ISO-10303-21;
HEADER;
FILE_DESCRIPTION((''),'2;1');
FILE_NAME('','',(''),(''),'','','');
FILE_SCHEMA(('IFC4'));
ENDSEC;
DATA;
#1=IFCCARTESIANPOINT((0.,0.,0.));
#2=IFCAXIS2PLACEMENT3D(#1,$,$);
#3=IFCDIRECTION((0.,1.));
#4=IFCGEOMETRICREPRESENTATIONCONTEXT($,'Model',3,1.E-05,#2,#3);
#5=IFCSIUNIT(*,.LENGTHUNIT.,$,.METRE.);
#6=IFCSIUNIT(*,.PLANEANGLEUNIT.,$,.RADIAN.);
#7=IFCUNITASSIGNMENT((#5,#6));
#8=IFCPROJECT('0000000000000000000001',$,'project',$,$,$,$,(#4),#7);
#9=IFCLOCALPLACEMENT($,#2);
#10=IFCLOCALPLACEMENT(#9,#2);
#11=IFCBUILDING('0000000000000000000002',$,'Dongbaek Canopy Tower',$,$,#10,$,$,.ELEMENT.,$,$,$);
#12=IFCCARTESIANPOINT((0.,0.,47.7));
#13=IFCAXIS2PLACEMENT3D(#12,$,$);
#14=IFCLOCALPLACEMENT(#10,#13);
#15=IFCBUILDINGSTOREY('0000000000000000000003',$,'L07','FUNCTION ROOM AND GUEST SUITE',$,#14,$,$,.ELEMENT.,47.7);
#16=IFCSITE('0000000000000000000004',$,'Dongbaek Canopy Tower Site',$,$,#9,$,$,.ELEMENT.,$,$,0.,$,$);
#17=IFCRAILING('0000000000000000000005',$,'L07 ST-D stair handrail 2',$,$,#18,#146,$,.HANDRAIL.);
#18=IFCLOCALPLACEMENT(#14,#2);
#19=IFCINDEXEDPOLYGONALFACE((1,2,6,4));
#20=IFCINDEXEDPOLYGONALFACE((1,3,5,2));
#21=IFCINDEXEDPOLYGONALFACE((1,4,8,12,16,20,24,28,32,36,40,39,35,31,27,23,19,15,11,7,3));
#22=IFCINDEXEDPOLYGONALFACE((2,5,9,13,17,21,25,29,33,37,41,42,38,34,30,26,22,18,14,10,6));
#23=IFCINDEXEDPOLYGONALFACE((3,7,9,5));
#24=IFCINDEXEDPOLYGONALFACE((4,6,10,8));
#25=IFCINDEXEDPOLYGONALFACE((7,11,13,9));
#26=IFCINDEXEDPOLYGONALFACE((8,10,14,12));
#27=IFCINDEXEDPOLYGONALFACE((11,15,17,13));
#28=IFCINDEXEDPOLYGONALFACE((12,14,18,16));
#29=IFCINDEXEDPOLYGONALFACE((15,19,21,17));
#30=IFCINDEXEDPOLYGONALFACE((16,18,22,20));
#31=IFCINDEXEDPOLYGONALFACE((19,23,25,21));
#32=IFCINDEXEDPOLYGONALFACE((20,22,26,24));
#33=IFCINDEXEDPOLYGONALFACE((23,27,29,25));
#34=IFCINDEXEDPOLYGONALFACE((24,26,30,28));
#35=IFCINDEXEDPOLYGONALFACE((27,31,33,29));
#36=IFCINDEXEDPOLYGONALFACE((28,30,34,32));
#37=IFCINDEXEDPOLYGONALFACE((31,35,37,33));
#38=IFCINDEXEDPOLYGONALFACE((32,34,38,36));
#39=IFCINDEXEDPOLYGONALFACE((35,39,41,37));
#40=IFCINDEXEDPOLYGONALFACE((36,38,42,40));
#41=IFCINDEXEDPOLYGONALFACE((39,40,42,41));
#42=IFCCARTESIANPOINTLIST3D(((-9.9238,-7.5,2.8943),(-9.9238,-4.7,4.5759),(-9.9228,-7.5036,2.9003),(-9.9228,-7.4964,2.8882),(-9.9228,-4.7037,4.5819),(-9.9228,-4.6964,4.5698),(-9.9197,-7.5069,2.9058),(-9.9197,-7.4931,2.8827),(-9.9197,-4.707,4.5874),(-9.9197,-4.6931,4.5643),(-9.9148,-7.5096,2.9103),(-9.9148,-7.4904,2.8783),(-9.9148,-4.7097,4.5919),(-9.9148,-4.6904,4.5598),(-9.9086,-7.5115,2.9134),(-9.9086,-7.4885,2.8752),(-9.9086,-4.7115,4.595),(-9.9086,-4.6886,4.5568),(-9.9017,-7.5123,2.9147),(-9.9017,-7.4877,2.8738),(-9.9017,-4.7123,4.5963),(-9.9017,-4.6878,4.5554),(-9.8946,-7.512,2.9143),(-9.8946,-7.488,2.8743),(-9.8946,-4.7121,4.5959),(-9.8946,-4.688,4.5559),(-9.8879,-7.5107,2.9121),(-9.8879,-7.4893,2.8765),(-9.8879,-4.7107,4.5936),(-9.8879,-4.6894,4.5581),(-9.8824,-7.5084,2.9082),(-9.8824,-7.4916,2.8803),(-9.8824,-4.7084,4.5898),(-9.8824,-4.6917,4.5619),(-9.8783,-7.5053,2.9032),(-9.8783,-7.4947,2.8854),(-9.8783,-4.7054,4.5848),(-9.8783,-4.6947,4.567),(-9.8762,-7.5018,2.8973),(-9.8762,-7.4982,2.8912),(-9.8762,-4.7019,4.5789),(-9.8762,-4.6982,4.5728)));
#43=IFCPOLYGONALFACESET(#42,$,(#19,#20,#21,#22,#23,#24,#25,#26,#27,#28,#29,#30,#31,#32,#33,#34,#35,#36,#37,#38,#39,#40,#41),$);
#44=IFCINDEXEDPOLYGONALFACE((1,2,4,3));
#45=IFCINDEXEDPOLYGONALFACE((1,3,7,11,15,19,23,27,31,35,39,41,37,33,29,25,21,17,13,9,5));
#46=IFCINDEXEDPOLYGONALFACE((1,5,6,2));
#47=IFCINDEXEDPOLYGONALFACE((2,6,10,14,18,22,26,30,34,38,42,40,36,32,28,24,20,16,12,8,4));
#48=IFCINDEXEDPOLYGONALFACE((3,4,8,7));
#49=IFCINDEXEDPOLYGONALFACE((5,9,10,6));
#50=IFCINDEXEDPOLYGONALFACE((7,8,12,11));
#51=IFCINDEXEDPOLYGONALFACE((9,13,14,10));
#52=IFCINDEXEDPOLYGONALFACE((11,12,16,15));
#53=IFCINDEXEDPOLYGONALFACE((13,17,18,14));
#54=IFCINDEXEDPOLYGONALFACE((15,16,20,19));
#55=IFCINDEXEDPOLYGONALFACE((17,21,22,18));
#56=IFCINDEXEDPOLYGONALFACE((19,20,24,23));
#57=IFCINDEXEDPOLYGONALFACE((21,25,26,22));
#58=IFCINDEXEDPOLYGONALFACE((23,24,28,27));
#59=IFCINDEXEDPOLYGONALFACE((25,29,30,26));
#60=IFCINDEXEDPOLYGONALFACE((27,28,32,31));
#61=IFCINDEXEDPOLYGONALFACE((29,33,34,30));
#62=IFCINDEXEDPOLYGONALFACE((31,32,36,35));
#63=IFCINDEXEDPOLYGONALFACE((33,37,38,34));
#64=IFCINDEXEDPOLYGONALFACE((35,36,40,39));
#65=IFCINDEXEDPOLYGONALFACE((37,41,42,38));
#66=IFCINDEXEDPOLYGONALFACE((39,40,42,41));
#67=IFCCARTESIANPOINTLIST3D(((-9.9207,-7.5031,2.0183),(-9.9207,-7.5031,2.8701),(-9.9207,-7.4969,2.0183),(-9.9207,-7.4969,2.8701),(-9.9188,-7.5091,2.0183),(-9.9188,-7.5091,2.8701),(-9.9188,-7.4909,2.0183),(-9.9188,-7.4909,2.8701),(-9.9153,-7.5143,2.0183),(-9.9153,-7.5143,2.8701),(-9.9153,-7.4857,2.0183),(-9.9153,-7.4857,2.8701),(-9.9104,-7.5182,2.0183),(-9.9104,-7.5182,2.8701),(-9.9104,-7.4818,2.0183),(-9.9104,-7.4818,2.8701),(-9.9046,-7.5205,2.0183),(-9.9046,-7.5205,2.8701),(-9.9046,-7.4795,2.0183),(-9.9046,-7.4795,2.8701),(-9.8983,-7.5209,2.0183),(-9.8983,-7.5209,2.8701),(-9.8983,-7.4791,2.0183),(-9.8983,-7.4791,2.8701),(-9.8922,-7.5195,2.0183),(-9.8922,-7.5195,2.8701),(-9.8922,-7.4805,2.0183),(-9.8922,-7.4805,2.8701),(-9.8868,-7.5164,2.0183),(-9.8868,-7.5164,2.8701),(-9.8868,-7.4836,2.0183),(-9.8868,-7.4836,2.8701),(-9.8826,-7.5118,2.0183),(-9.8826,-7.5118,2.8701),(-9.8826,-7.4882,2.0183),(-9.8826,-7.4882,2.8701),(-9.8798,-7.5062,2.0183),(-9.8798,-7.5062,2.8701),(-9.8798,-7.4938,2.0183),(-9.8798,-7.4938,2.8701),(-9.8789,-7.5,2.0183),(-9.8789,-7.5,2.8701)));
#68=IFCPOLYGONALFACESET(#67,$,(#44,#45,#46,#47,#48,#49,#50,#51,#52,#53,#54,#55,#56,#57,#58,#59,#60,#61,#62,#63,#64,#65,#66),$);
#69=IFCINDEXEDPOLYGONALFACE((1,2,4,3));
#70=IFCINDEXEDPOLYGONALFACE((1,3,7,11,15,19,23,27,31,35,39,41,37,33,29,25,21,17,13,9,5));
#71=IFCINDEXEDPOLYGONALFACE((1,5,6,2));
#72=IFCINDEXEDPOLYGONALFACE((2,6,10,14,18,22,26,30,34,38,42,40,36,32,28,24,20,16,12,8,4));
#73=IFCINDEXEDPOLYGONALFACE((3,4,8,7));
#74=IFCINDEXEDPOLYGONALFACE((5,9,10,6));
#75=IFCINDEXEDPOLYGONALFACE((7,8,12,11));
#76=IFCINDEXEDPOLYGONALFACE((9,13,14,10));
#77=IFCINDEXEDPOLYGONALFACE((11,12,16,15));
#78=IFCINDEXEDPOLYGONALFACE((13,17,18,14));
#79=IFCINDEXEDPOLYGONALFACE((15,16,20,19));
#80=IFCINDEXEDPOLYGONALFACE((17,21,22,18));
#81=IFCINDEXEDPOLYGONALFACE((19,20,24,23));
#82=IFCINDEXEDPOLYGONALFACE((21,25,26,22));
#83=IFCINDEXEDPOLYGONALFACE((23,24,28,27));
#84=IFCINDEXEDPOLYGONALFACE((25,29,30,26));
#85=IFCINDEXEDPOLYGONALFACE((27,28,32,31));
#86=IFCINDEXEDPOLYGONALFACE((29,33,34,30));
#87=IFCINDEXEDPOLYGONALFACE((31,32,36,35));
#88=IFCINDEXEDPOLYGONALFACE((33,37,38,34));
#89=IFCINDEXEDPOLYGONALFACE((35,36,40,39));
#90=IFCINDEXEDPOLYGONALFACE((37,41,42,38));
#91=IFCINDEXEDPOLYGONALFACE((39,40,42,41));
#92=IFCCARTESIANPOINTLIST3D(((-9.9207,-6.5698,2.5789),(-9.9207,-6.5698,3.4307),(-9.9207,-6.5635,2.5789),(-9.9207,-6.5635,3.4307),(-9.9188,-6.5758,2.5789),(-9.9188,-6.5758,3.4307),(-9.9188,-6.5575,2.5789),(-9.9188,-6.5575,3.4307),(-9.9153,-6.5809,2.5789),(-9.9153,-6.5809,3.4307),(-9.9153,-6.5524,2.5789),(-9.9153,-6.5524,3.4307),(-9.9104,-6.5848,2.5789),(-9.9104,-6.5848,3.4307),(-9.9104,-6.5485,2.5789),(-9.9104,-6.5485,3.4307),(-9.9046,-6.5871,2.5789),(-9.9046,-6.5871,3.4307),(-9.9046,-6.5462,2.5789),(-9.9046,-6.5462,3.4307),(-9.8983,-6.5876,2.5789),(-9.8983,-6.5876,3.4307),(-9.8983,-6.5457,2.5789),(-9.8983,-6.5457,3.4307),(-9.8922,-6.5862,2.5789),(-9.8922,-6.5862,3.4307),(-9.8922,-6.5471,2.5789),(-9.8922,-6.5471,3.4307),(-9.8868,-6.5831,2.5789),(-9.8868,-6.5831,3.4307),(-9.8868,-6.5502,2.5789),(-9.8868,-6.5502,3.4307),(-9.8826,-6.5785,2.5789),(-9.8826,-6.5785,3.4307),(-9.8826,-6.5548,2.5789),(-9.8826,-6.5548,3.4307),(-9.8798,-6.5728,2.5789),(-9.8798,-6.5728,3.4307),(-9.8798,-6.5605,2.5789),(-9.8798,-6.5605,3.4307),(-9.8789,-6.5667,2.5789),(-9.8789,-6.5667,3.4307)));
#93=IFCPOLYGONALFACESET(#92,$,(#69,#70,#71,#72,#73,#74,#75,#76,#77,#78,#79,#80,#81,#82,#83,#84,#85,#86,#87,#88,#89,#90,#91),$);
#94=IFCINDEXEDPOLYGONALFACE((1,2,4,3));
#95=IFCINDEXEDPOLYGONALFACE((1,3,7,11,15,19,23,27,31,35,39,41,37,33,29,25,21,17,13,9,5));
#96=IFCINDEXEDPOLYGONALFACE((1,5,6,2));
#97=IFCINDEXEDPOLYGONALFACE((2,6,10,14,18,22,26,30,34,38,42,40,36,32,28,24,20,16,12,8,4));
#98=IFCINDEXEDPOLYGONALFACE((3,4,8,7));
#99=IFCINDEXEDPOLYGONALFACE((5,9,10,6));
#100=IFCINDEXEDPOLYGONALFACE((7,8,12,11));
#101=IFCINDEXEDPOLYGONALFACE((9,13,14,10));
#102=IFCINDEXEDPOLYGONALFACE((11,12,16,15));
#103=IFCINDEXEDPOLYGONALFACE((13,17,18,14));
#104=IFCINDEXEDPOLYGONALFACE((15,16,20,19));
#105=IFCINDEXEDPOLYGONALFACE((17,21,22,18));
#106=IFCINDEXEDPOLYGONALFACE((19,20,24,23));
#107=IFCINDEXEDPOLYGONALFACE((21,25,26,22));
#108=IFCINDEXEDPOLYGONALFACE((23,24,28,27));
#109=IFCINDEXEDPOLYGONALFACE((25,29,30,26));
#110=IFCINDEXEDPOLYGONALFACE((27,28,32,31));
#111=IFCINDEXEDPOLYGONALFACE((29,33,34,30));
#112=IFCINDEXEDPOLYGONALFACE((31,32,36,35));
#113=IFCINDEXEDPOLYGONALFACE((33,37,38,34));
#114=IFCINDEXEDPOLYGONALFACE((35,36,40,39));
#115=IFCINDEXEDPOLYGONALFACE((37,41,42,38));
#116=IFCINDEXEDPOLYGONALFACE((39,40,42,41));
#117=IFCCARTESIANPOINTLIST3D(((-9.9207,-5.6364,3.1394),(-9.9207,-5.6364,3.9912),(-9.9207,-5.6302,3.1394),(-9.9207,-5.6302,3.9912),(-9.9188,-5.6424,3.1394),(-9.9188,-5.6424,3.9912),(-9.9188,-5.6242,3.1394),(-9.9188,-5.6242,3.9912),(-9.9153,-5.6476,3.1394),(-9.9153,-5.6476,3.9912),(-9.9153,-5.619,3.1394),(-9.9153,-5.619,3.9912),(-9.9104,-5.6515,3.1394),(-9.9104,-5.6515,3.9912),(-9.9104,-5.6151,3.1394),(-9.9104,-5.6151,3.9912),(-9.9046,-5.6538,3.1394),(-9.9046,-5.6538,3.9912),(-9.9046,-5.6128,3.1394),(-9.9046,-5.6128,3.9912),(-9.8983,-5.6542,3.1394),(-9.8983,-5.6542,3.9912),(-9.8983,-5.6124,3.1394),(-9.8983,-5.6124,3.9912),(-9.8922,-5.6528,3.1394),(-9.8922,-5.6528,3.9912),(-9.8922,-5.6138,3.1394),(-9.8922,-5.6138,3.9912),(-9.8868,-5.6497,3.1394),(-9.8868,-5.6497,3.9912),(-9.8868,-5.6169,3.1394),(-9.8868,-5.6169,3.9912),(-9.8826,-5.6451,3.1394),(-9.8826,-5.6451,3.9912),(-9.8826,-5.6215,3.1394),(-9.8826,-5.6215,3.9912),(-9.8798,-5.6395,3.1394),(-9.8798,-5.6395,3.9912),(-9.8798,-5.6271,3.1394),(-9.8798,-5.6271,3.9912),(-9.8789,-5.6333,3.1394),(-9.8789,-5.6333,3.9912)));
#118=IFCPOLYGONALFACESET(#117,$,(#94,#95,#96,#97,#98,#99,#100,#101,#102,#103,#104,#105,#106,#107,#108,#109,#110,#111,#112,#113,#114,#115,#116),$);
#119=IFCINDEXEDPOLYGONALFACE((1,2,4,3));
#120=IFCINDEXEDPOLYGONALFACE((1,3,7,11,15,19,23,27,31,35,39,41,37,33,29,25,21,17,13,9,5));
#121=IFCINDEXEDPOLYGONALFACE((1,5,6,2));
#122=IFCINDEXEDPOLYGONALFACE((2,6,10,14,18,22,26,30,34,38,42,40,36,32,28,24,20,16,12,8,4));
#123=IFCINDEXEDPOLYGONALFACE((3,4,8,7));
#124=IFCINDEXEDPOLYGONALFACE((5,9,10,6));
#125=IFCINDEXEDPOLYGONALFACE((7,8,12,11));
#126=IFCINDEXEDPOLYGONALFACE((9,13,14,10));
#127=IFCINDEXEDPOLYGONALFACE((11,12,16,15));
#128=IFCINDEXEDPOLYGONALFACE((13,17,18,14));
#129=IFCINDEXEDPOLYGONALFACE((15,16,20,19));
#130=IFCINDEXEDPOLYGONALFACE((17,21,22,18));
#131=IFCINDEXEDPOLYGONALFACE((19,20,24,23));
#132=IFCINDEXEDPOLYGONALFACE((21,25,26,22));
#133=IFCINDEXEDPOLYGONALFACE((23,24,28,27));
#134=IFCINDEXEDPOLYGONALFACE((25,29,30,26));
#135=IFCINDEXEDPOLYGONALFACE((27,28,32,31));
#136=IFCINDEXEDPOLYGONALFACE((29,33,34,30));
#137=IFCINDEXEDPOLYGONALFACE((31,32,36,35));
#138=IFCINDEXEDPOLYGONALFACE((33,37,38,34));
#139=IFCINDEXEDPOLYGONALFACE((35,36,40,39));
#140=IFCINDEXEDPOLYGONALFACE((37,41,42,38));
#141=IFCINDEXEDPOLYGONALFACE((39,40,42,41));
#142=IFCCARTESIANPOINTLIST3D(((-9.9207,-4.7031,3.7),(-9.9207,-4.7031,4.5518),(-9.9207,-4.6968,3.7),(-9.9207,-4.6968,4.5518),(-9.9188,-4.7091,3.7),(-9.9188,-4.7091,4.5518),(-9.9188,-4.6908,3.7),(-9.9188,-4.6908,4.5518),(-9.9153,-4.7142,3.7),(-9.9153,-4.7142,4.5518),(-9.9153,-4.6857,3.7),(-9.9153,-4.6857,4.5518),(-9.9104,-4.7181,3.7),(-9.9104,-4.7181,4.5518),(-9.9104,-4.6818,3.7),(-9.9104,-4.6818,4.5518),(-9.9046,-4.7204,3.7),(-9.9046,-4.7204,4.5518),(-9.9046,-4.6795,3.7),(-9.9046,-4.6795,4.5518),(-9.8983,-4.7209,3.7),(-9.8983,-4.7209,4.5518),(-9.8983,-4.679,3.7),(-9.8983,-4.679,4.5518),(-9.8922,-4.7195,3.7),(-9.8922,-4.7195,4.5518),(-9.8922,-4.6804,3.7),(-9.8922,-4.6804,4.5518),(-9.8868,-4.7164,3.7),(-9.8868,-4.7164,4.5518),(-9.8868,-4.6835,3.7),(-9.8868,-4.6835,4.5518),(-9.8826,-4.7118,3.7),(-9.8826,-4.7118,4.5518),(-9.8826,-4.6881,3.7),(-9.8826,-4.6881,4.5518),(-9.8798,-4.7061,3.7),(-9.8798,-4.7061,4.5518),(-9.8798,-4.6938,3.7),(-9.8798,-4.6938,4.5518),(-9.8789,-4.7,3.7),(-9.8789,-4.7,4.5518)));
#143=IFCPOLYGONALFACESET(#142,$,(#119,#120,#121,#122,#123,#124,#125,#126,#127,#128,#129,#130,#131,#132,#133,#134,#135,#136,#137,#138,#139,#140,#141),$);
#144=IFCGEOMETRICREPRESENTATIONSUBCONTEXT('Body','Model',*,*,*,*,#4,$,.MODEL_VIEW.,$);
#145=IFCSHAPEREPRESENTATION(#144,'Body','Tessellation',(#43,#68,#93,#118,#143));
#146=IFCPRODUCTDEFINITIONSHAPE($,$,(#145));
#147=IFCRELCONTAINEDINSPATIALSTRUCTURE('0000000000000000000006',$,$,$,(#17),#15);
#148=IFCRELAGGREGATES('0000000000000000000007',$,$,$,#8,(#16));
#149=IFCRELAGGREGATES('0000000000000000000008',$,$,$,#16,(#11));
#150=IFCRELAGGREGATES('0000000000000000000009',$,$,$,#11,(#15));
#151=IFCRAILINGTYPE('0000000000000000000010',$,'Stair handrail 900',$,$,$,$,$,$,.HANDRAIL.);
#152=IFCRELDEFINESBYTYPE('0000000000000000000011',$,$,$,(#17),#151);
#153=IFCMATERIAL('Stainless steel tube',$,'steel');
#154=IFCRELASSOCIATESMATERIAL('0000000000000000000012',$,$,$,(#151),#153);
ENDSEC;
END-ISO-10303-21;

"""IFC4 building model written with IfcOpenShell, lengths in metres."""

from ifc_helpers import new_model, si_unit, direction, frame, origin, origin_2d, place, context, subcontext, project, spatial, circle, extrude, material, type_object, element, save


model = new_model("IFC4")

# Units and contexts
model_context = context("Model", 3, precision=1e-05, world=origin(), true_north=direction((0.0, 1.0)))
body_context = subcontext(model_context, "Body", "Model", "MODEL_VIEW")
ifc_project = project(units=[si_unit("LENGTHUNIT", "METRE"), si_unit("PLANEANGLEUNIT", "RADIAN")], contexts=[model_context])

# Site, building, storey
site_placement = place(None, origin())
site = spatial("IfcSite", under=ifc_project, at=site_placement, Name="Dongbaek Canopy Tower Site", CompositionType="ELEMENT", RefElevation=0.0)
building_placement = place(site_placement, origin())
building = spatial("IfcBuilding", under=site, at=building_placement, Name="Dongbaek Canopy Tower", CompositionType="ELEMENT")
storey_placement = place(building_placement, frame((0.0, 0.0, 47.7)))
storey = spatial("IfcBuildingStorey", under=building, at=storey_placement, Name="L07", Description="FUNCTION ROOM AND GUEST SUITE", CompositionType="ELEMENT", Elevation=47.7)

# Railing
ifc_material_1 = material(Name="Stainless steel tube", Category="steel")
railing_type_1 = type_object("IfcRailingType", Name="Stair handrail 900", PredefinedType="HANDRAIL", material=ifc_material_1)
railing_1_placement = place(storey_placement, frame((-9.8999, -7.5, 2.0183)))
element("IfcRailing", 1, at=railing_1_placement, inside=storey, type_object=railing_type_1, Name="L07 ST-D stair handrail 2", PredefinedType="HANDRAIL", context=body_context, shape_type="SweptSolid", body=[
    extrude(circle(Radius=0.0239, at=origin_2d()), frame((0.0, 0.0, 0.876), z_axis=(0.0, 0.857275, 0.514858), x_axis=(-1.0, 0.0, 0.0)), (0.0, 0.0, 1.0), 3.2661),
    extrude(circle(Radius=0.021, at=origin_2d()), origin(), (0.0, 0.0, 1.0), 0.8518),
    extrude(circle(Radius=0.021, at=origin_2d()), frame((0.0, 0.9333, 0.5605)), (0.0, 0.0, 1.0), 0.8518),
    extrude(circle(Radius=0.021, at=origin_2d()), frame((0.0, 1.8667, 1.1211)), (0.0, 0.0, 1.0), 0.8518),
    extrude(circle(Radius=0.021, at=origin_2d()), frame((0.0, 2.8, 1.6816)), (0.0, 0.0, 1.0), 0.8518),
])

save(model, "model.ifc")
